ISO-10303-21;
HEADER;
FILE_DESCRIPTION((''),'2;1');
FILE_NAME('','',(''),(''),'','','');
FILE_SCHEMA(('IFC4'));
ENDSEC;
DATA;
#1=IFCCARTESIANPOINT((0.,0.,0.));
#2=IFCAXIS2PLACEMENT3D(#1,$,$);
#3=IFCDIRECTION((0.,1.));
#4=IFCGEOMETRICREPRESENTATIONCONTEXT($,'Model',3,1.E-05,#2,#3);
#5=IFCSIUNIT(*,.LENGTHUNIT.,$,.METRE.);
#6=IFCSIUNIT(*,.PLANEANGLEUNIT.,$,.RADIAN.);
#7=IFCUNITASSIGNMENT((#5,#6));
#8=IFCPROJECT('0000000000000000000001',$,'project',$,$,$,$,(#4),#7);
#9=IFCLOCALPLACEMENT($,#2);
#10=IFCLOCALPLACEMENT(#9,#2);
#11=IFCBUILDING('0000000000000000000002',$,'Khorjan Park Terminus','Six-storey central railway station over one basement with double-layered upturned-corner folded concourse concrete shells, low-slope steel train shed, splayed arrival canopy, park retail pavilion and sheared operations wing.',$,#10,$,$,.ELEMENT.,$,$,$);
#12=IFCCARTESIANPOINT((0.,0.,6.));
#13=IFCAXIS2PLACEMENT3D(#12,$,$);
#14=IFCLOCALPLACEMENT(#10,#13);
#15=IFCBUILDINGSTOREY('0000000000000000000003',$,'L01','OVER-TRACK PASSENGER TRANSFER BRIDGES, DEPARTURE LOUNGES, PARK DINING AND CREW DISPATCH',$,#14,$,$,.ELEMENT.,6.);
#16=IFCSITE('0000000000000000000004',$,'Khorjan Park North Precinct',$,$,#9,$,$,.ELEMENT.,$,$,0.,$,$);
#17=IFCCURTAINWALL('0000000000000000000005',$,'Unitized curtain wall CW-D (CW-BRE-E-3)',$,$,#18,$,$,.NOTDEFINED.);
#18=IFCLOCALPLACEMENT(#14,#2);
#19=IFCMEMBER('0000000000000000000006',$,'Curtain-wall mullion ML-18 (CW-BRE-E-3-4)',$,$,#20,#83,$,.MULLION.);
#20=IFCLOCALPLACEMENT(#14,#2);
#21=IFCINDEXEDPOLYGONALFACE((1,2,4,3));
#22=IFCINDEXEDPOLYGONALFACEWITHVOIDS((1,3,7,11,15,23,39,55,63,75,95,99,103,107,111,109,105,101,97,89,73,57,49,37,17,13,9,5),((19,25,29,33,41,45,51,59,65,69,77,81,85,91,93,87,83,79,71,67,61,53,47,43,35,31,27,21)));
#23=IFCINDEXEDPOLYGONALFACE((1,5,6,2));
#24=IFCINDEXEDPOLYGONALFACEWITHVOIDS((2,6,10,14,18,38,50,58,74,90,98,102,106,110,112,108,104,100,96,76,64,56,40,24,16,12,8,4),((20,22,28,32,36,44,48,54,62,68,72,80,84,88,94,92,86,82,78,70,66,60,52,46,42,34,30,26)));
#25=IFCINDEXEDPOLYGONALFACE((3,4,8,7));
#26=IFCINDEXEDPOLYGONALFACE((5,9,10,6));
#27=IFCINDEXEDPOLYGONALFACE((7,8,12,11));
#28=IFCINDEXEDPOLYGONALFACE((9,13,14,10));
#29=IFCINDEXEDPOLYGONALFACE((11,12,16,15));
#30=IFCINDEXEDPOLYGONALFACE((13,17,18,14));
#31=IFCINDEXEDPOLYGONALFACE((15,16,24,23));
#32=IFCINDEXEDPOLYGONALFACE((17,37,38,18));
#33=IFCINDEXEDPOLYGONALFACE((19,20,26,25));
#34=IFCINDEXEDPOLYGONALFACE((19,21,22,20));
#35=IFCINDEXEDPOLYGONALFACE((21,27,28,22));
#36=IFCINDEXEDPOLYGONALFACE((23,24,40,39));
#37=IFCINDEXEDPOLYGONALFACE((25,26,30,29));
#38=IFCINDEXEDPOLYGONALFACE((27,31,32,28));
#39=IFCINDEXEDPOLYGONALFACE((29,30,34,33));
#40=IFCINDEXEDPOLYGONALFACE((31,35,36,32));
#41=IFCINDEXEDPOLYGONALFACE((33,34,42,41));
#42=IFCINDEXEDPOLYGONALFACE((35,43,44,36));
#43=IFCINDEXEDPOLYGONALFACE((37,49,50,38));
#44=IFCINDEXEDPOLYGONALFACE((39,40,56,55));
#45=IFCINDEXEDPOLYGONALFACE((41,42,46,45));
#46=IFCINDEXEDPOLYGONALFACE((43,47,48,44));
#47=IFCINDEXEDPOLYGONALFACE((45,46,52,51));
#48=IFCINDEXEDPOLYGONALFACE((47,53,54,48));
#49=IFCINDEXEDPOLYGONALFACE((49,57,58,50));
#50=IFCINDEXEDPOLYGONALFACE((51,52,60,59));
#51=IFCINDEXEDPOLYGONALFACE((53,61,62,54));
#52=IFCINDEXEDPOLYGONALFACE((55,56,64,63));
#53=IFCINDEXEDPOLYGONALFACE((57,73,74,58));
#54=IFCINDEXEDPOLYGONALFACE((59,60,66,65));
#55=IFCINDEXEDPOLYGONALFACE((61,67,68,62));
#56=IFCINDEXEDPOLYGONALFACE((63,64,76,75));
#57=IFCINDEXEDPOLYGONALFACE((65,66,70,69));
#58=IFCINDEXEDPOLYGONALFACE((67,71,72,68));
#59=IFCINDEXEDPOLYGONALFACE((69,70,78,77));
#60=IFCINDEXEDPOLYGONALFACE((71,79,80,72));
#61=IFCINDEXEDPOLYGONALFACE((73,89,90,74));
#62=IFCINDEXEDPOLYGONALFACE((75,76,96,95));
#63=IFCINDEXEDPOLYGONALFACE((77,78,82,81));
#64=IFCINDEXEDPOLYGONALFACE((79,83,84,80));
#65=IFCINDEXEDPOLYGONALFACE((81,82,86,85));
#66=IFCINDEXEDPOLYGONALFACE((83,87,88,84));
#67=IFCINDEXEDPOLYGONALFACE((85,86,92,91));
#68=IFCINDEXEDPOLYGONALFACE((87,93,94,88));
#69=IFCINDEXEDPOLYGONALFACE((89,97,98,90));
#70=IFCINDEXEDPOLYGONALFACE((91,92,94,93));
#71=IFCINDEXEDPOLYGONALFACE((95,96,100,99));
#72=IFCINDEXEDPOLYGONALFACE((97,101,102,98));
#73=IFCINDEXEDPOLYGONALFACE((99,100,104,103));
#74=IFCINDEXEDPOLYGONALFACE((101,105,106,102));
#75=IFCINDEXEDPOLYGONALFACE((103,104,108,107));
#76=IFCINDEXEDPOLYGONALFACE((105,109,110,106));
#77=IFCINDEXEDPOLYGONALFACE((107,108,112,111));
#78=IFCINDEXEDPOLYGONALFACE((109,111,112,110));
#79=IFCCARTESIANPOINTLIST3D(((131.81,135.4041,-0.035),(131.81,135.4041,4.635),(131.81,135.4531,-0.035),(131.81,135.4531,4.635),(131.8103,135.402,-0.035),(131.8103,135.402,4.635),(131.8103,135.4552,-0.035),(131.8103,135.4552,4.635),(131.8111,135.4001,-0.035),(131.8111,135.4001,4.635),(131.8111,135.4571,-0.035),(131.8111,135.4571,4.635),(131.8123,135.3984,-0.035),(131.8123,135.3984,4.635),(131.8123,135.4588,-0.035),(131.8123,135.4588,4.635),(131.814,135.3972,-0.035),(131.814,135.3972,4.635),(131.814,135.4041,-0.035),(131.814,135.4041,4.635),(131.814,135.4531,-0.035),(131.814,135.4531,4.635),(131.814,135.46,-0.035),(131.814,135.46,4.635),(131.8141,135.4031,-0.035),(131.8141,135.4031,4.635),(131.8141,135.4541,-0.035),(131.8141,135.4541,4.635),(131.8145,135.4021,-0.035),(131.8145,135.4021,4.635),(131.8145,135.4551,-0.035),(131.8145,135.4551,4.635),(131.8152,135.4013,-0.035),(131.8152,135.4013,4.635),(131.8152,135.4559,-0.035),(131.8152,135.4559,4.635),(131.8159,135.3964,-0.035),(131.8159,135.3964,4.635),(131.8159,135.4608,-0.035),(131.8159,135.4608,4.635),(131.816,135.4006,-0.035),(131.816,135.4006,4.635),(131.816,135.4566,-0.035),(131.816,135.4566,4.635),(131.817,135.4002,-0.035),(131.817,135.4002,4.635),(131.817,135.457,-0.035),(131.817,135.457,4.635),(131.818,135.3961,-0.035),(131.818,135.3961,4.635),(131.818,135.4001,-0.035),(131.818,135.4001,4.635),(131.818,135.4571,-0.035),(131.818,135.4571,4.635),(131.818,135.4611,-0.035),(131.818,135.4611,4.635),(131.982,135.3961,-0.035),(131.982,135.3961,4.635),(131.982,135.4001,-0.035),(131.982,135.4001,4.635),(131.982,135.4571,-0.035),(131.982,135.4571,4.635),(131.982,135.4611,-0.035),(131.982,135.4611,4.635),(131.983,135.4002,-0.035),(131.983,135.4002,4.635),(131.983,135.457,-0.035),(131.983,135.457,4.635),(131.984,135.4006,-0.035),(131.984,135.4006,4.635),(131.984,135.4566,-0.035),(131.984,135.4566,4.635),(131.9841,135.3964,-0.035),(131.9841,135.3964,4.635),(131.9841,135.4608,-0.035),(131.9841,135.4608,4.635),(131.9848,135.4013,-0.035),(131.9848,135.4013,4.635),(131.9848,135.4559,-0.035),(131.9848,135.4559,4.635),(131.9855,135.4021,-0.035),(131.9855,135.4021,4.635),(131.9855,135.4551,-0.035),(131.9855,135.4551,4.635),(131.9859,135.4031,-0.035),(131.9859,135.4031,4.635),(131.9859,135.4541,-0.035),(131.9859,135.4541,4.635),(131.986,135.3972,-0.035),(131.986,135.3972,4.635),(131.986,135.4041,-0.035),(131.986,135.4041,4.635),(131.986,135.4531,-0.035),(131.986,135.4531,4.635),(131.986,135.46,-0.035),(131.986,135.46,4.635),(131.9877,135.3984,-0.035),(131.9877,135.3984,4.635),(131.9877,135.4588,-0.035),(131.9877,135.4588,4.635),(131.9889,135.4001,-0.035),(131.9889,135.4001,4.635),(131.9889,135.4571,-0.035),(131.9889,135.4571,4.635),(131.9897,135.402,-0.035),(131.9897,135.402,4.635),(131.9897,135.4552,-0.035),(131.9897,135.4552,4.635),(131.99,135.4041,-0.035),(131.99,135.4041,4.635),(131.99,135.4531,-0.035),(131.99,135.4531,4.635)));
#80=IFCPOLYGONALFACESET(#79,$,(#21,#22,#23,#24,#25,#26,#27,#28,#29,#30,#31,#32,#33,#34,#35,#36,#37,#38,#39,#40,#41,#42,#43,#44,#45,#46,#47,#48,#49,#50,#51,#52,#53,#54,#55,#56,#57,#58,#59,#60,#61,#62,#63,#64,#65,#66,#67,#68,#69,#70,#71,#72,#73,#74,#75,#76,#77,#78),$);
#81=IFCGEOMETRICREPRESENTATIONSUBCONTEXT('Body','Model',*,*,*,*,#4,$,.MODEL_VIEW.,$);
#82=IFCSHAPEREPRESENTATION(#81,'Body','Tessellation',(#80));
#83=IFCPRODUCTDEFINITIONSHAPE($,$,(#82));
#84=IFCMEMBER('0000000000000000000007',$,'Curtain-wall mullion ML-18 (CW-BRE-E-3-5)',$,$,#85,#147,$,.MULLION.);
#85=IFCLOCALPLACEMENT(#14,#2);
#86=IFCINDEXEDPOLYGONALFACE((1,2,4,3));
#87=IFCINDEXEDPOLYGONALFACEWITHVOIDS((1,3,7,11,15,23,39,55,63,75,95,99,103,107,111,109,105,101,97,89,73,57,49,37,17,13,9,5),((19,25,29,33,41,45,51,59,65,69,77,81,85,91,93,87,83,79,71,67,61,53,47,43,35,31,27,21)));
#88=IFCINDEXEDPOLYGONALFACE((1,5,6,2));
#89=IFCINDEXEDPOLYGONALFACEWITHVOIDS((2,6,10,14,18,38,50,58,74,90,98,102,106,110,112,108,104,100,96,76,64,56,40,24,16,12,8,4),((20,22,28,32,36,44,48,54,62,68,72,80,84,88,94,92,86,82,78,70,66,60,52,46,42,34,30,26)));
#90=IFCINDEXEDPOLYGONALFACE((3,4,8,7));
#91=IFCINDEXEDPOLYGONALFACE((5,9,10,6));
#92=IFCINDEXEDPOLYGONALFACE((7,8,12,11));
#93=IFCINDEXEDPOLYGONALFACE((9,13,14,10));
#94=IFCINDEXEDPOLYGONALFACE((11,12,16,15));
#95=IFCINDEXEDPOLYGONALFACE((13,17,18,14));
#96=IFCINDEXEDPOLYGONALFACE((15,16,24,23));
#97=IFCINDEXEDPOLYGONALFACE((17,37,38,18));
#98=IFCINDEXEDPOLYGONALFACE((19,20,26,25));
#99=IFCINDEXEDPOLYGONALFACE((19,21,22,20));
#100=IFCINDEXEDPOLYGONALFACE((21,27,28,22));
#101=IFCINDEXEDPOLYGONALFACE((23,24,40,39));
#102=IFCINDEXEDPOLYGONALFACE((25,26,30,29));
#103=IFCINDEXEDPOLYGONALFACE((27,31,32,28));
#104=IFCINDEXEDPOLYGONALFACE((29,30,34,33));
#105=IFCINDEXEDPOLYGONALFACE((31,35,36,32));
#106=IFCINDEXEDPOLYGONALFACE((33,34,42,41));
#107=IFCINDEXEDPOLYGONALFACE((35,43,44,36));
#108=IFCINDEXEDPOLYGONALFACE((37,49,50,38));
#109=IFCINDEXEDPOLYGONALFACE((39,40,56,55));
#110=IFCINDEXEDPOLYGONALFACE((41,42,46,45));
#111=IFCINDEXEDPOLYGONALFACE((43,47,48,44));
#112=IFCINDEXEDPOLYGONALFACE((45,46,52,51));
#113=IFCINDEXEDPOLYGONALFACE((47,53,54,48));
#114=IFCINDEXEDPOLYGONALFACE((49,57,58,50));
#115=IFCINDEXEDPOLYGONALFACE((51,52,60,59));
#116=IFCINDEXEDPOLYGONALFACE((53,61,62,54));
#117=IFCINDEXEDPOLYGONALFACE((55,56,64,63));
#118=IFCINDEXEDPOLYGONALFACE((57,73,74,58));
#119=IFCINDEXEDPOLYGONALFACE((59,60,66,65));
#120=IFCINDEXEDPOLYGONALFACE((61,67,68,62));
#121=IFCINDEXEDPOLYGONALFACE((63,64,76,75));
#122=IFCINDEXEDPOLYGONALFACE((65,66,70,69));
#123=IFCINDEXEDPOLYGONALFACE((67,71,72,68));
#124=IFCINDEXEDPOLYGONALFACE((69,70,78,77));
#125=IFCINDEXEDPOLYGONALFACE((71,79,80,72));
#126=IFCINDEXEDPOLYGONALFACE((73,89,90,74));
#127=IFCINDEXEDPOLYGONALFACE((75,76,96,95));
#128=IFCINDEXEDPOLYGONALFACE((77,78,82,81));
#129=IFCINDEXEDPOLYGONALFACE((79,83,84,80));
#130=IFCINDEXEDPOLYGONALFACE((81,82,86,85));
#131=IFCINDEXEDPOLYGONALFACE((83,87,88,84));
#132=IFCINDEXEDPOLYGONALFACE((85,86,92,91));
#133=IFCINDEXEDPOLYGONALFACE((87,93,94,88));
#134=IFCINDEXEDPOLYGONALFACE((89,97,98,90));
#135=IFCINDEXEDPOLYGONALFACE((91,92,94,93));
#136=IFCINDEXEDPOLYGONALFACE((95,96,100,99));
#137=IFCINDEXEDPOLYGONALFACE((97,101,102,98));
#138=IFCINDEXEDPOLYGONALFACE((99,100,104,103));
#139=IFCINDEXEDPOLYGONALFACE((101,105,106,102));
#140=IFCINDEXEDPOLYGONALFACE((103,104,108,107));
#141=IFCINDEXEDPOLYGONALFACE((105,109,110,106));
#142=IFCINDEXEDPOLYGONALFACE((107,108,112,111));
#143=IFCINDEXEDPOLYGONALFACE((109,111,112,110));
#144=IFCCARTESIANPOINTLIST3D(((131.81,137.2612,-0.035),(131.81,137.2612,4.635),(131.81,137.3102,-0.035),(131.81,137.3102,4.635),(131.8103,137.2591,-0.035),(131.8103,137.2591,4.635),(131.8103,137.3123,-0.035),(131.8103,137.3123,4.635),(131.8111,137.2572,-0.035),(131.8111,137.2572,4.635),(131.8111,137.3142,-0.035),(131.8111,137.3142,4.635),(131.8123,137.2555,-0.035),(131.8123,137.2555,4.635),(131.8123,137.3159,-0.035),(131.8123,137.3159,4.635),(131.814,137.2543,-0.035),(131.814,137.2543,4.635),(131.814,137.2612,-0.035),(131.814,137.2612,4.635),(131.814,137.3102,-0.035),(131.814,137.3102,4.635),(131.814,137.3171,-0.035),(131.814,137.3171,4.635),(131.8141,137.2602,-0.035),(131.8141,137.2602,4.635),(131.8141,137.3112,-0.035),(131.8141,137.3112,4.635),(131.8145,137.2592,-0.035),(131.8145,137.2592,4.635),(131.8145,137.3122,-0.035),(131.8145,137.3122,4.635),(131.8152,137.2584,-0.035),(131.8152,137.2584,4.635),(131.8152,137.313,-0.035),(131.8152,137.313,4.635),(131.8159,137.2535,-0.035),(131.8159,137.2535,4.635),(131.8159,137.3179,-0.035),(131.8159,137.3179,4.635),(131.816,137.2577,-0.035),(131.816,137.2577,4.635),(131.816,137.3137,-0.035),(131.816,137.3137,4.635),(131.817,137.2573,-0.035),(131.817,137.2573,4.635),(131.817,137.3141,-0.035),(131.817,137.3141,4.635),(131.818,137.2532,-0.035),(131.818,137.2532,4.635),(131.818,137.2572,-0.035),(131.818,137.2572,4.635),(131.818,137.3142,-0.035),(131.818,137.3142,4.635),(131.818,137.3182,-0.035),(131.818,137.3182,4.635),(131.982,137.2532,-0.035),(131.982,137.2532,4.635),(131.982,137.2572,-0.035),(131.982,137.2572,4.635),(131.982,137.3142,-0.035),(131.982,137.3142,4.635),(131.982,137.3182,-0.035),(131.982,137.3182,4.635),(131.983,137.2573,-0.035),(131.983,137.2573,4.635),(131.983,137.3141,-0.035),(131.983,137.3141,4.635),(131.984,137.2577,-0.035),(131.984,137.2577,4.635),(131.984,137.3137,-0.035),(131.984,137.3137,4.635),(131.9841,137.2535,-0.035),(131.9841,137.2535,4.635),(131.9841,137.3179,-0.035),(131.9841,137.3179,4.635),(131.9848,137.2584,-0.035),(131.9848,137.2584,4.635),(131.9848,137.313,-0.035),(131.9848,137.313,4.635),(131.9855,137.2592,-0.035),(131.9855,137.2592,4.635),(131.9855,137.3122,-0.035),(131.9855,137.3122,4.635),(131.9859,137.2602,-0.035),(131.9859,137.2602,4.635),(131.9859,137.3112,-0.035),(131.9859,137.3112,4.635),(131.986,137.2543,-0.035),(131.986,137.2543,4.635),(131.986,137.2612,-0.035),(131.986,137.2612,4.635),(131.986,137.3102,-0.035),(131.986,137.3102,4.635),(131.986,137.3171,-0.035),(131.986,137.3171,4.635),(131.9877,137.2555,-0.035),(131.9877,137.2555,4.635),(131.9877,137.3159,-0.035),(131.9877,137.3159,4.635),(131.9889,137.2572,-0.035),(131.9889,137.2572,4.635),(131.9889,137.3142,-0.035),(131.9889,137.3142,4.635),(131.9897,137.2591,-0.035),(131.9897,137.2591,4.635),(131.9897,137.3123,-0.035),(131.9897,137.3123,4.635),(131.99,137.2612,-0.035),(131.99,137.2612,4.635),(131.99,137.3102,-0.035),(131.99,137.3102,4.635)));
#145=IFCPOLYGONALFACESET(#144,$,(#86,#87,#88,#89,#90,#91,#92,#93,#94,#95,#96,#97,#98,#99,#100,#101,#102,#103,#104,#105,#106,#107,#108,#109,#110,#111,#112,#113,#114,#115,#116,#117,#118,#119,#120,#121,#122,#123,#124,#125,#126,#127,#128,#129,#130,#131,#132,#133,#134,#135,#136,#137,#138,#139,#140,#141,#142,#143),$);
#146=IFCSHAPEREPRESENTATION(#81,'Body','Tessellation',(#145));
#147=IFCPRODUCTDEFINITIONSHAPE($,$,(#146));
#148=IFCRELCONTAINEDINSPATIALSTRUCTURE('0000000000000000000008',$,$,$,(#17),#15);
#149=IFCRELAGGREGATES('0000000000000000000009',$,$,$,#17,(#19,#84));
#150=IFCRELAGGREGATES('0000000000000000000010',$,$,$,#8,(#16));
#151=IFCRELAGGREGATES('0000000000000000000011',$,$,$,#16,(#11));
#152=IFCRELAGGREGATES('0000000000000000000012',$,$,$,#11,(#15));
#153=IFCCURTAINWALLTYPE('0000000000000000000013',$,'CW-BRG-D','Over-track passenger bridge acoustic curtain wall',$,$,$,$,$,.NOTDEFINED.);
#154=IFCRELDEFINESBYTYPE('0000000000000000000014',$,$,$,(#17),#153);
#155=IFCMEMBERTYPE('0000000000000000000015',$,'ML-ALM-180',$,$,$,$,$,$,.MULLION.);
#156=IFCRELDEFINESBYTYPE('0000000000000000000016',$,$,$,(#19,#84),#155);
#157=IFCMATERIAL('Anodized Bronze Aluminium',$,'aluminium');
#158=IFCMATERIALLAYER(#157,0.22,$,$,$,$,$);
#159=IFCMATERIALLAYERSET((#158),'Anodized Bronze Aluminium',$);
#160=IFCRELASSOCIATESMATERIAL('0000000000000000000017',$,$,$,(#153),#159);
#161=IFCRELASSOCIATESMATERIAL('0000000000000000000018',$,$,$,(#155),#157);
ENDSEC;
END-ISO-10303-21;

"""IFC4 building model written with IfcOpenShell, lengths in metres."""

from ifc_helpers import new_model, si_unit, direction, frame, origin, origin_2d, place, context, subcontext, project, spatial, hollow_rectangle, extrude, material, layer, layer_set, material_profile, profile_set, type_object, element, aggregate, save


model = new_model("IFC4")

# Units and contexts
model_context = context("Model", 3, precision=1e-05, world=origin(), true_north=direction((0.0, 1.0)))
body_context = subcontext(model_context, "Body", "Model", "MODEL_VIEW")
ifc_project = project(units=[si_unit("LENGTHUNIT", "METRE"), si_unit("PLANEANGLEUNIT", "RADIAN")], contexts=[model_context])

# Site, building, storey
site_placement = place(None, origin())
site = spatial("IfcSite", under=ifc_project, at=site_placement, Name="Khorjan Park North Precinct", CompositionType="ELEMENT", RefElevation=0.0)
building_placement = place(site_placement, origin())
building = spatial("IfcBuilding", under=site, at=building_placement, Name="Khorjan Park Terminus", Description="Six-storey central railway station over one basement with double-layered upturned-corner folded concourse concrete shells, low-slope steel train shed, splayed arrival canopy, park retail pavilion and sheared operations wing.", CompositionType="ELEMENT")
storey_placement = place(building_placement, frame((0.0, 0.0, 6.0)))
storey = spatial("IfcBuildingStorey", under=building, at=storey_placement, Name="L01", Description="OVER-TRACK PASSENGER TRANSFER BRIDGES, DEPARTURE LOUNGES, PARK DINING AND CREW DISPATCH", CompositionType="ELEMENT", Elevation=6.0)

# Curtain wall, members
ifc_material_1 = material(Name="Anodized Bronze Aluminium", Category="aluminium")
ifc_layer_1 = layer(ifc_material_1, 0.22)
ifc_layer_set_1 = layer_set([ifc_layer_1], Name="Anodized Bronze Aluminium")
curtain_wall_type = type_object("IfcCurtainWallType", Name="CW-BRG-D", Description="Over-track passenger bridge acoustic curtain wall", PredefinedType="NOTDEFINED", material=ifc_layer_set_1)
curtain_wall_placement = place(storey_placement, origin())
curtain_wall = element("IfcCurtainWall", 1, at=curtain_wall_placement, inside=storey, type_object=curtain_wall_type, Name="Unitized curtain wall CW-D (CW-BRE-E-3)", PredefinedType="NOTDEFINED")
ifc_material_profile_1 = material_profile(ifc_material_1, hollow_rectangle(XDim=0.065, YDim=0.18, WallThickness=0.004, InnerFilletRadius=0.004, OuterFilletRadius=0.008, at=origin_2d()), Name="ALM 65x180x4")
ifc_profile_set_1 = profile_set([ifc_material_profile_1], Name="Anodized Bronze Aluminium")
member_type_1 = type_object("IfcMemberType", Name="ML-ALM-180", PredefinedType="MULLION", material=ifc_profile_set_1)
member_1_placement = place(storey_placement, frame((131.9, 135.4286, -0.035), z_axis=(0.0, 0.0, 1.0), x_axis=(0.0, 1.0, 0.0)))
member_1 = element("IfcMember", 2, at=member_1_placement, type_object=member_type_1, Name="Curtain-wall mullion ML-18 (CW-BRE-E-3-4)", PredefinedType="MULLION", context=body_context, shape_type="SweptSolid", body=[
    extrude(hollow_rectangle(XDim=0.065, YDim=0.18, WallThickness=0.004, InnerFilletRadius=0.004, OuterFilletRadius=0.008, at=origin_2d()), origin(), (0.0, 0.0, 1.0), 4.67),
])
member_2_placement = place(storey_placement, frame((131.9, 137.2857, -0.035), z_axis=(0.0, 0.0, 1.0), x_axis=(0.0, 1.0, 0.0)))
member_2 = element("IfcMember", 3, at=member_2_placement, type_object=member_type_1, Name="Curtain-wall mullion ML-18 (CW-BRE-E-3-5)", PredefinedType="MULLION", context=body_context, shape_type="SweptSolid", body=[
    extrude(hollow_rectangle(XDim=0.065, YDim=0.18, WallThickness=0.004, InnerFilletRadius=0.004, OuterFilletRadius=0.008, at=origin_2d()), origin(), (0.0, 0.0, 1.0), 4.67),
])
aggregate(curtain_wall, [member_1, member_2])

save(model, "model.ifc")
